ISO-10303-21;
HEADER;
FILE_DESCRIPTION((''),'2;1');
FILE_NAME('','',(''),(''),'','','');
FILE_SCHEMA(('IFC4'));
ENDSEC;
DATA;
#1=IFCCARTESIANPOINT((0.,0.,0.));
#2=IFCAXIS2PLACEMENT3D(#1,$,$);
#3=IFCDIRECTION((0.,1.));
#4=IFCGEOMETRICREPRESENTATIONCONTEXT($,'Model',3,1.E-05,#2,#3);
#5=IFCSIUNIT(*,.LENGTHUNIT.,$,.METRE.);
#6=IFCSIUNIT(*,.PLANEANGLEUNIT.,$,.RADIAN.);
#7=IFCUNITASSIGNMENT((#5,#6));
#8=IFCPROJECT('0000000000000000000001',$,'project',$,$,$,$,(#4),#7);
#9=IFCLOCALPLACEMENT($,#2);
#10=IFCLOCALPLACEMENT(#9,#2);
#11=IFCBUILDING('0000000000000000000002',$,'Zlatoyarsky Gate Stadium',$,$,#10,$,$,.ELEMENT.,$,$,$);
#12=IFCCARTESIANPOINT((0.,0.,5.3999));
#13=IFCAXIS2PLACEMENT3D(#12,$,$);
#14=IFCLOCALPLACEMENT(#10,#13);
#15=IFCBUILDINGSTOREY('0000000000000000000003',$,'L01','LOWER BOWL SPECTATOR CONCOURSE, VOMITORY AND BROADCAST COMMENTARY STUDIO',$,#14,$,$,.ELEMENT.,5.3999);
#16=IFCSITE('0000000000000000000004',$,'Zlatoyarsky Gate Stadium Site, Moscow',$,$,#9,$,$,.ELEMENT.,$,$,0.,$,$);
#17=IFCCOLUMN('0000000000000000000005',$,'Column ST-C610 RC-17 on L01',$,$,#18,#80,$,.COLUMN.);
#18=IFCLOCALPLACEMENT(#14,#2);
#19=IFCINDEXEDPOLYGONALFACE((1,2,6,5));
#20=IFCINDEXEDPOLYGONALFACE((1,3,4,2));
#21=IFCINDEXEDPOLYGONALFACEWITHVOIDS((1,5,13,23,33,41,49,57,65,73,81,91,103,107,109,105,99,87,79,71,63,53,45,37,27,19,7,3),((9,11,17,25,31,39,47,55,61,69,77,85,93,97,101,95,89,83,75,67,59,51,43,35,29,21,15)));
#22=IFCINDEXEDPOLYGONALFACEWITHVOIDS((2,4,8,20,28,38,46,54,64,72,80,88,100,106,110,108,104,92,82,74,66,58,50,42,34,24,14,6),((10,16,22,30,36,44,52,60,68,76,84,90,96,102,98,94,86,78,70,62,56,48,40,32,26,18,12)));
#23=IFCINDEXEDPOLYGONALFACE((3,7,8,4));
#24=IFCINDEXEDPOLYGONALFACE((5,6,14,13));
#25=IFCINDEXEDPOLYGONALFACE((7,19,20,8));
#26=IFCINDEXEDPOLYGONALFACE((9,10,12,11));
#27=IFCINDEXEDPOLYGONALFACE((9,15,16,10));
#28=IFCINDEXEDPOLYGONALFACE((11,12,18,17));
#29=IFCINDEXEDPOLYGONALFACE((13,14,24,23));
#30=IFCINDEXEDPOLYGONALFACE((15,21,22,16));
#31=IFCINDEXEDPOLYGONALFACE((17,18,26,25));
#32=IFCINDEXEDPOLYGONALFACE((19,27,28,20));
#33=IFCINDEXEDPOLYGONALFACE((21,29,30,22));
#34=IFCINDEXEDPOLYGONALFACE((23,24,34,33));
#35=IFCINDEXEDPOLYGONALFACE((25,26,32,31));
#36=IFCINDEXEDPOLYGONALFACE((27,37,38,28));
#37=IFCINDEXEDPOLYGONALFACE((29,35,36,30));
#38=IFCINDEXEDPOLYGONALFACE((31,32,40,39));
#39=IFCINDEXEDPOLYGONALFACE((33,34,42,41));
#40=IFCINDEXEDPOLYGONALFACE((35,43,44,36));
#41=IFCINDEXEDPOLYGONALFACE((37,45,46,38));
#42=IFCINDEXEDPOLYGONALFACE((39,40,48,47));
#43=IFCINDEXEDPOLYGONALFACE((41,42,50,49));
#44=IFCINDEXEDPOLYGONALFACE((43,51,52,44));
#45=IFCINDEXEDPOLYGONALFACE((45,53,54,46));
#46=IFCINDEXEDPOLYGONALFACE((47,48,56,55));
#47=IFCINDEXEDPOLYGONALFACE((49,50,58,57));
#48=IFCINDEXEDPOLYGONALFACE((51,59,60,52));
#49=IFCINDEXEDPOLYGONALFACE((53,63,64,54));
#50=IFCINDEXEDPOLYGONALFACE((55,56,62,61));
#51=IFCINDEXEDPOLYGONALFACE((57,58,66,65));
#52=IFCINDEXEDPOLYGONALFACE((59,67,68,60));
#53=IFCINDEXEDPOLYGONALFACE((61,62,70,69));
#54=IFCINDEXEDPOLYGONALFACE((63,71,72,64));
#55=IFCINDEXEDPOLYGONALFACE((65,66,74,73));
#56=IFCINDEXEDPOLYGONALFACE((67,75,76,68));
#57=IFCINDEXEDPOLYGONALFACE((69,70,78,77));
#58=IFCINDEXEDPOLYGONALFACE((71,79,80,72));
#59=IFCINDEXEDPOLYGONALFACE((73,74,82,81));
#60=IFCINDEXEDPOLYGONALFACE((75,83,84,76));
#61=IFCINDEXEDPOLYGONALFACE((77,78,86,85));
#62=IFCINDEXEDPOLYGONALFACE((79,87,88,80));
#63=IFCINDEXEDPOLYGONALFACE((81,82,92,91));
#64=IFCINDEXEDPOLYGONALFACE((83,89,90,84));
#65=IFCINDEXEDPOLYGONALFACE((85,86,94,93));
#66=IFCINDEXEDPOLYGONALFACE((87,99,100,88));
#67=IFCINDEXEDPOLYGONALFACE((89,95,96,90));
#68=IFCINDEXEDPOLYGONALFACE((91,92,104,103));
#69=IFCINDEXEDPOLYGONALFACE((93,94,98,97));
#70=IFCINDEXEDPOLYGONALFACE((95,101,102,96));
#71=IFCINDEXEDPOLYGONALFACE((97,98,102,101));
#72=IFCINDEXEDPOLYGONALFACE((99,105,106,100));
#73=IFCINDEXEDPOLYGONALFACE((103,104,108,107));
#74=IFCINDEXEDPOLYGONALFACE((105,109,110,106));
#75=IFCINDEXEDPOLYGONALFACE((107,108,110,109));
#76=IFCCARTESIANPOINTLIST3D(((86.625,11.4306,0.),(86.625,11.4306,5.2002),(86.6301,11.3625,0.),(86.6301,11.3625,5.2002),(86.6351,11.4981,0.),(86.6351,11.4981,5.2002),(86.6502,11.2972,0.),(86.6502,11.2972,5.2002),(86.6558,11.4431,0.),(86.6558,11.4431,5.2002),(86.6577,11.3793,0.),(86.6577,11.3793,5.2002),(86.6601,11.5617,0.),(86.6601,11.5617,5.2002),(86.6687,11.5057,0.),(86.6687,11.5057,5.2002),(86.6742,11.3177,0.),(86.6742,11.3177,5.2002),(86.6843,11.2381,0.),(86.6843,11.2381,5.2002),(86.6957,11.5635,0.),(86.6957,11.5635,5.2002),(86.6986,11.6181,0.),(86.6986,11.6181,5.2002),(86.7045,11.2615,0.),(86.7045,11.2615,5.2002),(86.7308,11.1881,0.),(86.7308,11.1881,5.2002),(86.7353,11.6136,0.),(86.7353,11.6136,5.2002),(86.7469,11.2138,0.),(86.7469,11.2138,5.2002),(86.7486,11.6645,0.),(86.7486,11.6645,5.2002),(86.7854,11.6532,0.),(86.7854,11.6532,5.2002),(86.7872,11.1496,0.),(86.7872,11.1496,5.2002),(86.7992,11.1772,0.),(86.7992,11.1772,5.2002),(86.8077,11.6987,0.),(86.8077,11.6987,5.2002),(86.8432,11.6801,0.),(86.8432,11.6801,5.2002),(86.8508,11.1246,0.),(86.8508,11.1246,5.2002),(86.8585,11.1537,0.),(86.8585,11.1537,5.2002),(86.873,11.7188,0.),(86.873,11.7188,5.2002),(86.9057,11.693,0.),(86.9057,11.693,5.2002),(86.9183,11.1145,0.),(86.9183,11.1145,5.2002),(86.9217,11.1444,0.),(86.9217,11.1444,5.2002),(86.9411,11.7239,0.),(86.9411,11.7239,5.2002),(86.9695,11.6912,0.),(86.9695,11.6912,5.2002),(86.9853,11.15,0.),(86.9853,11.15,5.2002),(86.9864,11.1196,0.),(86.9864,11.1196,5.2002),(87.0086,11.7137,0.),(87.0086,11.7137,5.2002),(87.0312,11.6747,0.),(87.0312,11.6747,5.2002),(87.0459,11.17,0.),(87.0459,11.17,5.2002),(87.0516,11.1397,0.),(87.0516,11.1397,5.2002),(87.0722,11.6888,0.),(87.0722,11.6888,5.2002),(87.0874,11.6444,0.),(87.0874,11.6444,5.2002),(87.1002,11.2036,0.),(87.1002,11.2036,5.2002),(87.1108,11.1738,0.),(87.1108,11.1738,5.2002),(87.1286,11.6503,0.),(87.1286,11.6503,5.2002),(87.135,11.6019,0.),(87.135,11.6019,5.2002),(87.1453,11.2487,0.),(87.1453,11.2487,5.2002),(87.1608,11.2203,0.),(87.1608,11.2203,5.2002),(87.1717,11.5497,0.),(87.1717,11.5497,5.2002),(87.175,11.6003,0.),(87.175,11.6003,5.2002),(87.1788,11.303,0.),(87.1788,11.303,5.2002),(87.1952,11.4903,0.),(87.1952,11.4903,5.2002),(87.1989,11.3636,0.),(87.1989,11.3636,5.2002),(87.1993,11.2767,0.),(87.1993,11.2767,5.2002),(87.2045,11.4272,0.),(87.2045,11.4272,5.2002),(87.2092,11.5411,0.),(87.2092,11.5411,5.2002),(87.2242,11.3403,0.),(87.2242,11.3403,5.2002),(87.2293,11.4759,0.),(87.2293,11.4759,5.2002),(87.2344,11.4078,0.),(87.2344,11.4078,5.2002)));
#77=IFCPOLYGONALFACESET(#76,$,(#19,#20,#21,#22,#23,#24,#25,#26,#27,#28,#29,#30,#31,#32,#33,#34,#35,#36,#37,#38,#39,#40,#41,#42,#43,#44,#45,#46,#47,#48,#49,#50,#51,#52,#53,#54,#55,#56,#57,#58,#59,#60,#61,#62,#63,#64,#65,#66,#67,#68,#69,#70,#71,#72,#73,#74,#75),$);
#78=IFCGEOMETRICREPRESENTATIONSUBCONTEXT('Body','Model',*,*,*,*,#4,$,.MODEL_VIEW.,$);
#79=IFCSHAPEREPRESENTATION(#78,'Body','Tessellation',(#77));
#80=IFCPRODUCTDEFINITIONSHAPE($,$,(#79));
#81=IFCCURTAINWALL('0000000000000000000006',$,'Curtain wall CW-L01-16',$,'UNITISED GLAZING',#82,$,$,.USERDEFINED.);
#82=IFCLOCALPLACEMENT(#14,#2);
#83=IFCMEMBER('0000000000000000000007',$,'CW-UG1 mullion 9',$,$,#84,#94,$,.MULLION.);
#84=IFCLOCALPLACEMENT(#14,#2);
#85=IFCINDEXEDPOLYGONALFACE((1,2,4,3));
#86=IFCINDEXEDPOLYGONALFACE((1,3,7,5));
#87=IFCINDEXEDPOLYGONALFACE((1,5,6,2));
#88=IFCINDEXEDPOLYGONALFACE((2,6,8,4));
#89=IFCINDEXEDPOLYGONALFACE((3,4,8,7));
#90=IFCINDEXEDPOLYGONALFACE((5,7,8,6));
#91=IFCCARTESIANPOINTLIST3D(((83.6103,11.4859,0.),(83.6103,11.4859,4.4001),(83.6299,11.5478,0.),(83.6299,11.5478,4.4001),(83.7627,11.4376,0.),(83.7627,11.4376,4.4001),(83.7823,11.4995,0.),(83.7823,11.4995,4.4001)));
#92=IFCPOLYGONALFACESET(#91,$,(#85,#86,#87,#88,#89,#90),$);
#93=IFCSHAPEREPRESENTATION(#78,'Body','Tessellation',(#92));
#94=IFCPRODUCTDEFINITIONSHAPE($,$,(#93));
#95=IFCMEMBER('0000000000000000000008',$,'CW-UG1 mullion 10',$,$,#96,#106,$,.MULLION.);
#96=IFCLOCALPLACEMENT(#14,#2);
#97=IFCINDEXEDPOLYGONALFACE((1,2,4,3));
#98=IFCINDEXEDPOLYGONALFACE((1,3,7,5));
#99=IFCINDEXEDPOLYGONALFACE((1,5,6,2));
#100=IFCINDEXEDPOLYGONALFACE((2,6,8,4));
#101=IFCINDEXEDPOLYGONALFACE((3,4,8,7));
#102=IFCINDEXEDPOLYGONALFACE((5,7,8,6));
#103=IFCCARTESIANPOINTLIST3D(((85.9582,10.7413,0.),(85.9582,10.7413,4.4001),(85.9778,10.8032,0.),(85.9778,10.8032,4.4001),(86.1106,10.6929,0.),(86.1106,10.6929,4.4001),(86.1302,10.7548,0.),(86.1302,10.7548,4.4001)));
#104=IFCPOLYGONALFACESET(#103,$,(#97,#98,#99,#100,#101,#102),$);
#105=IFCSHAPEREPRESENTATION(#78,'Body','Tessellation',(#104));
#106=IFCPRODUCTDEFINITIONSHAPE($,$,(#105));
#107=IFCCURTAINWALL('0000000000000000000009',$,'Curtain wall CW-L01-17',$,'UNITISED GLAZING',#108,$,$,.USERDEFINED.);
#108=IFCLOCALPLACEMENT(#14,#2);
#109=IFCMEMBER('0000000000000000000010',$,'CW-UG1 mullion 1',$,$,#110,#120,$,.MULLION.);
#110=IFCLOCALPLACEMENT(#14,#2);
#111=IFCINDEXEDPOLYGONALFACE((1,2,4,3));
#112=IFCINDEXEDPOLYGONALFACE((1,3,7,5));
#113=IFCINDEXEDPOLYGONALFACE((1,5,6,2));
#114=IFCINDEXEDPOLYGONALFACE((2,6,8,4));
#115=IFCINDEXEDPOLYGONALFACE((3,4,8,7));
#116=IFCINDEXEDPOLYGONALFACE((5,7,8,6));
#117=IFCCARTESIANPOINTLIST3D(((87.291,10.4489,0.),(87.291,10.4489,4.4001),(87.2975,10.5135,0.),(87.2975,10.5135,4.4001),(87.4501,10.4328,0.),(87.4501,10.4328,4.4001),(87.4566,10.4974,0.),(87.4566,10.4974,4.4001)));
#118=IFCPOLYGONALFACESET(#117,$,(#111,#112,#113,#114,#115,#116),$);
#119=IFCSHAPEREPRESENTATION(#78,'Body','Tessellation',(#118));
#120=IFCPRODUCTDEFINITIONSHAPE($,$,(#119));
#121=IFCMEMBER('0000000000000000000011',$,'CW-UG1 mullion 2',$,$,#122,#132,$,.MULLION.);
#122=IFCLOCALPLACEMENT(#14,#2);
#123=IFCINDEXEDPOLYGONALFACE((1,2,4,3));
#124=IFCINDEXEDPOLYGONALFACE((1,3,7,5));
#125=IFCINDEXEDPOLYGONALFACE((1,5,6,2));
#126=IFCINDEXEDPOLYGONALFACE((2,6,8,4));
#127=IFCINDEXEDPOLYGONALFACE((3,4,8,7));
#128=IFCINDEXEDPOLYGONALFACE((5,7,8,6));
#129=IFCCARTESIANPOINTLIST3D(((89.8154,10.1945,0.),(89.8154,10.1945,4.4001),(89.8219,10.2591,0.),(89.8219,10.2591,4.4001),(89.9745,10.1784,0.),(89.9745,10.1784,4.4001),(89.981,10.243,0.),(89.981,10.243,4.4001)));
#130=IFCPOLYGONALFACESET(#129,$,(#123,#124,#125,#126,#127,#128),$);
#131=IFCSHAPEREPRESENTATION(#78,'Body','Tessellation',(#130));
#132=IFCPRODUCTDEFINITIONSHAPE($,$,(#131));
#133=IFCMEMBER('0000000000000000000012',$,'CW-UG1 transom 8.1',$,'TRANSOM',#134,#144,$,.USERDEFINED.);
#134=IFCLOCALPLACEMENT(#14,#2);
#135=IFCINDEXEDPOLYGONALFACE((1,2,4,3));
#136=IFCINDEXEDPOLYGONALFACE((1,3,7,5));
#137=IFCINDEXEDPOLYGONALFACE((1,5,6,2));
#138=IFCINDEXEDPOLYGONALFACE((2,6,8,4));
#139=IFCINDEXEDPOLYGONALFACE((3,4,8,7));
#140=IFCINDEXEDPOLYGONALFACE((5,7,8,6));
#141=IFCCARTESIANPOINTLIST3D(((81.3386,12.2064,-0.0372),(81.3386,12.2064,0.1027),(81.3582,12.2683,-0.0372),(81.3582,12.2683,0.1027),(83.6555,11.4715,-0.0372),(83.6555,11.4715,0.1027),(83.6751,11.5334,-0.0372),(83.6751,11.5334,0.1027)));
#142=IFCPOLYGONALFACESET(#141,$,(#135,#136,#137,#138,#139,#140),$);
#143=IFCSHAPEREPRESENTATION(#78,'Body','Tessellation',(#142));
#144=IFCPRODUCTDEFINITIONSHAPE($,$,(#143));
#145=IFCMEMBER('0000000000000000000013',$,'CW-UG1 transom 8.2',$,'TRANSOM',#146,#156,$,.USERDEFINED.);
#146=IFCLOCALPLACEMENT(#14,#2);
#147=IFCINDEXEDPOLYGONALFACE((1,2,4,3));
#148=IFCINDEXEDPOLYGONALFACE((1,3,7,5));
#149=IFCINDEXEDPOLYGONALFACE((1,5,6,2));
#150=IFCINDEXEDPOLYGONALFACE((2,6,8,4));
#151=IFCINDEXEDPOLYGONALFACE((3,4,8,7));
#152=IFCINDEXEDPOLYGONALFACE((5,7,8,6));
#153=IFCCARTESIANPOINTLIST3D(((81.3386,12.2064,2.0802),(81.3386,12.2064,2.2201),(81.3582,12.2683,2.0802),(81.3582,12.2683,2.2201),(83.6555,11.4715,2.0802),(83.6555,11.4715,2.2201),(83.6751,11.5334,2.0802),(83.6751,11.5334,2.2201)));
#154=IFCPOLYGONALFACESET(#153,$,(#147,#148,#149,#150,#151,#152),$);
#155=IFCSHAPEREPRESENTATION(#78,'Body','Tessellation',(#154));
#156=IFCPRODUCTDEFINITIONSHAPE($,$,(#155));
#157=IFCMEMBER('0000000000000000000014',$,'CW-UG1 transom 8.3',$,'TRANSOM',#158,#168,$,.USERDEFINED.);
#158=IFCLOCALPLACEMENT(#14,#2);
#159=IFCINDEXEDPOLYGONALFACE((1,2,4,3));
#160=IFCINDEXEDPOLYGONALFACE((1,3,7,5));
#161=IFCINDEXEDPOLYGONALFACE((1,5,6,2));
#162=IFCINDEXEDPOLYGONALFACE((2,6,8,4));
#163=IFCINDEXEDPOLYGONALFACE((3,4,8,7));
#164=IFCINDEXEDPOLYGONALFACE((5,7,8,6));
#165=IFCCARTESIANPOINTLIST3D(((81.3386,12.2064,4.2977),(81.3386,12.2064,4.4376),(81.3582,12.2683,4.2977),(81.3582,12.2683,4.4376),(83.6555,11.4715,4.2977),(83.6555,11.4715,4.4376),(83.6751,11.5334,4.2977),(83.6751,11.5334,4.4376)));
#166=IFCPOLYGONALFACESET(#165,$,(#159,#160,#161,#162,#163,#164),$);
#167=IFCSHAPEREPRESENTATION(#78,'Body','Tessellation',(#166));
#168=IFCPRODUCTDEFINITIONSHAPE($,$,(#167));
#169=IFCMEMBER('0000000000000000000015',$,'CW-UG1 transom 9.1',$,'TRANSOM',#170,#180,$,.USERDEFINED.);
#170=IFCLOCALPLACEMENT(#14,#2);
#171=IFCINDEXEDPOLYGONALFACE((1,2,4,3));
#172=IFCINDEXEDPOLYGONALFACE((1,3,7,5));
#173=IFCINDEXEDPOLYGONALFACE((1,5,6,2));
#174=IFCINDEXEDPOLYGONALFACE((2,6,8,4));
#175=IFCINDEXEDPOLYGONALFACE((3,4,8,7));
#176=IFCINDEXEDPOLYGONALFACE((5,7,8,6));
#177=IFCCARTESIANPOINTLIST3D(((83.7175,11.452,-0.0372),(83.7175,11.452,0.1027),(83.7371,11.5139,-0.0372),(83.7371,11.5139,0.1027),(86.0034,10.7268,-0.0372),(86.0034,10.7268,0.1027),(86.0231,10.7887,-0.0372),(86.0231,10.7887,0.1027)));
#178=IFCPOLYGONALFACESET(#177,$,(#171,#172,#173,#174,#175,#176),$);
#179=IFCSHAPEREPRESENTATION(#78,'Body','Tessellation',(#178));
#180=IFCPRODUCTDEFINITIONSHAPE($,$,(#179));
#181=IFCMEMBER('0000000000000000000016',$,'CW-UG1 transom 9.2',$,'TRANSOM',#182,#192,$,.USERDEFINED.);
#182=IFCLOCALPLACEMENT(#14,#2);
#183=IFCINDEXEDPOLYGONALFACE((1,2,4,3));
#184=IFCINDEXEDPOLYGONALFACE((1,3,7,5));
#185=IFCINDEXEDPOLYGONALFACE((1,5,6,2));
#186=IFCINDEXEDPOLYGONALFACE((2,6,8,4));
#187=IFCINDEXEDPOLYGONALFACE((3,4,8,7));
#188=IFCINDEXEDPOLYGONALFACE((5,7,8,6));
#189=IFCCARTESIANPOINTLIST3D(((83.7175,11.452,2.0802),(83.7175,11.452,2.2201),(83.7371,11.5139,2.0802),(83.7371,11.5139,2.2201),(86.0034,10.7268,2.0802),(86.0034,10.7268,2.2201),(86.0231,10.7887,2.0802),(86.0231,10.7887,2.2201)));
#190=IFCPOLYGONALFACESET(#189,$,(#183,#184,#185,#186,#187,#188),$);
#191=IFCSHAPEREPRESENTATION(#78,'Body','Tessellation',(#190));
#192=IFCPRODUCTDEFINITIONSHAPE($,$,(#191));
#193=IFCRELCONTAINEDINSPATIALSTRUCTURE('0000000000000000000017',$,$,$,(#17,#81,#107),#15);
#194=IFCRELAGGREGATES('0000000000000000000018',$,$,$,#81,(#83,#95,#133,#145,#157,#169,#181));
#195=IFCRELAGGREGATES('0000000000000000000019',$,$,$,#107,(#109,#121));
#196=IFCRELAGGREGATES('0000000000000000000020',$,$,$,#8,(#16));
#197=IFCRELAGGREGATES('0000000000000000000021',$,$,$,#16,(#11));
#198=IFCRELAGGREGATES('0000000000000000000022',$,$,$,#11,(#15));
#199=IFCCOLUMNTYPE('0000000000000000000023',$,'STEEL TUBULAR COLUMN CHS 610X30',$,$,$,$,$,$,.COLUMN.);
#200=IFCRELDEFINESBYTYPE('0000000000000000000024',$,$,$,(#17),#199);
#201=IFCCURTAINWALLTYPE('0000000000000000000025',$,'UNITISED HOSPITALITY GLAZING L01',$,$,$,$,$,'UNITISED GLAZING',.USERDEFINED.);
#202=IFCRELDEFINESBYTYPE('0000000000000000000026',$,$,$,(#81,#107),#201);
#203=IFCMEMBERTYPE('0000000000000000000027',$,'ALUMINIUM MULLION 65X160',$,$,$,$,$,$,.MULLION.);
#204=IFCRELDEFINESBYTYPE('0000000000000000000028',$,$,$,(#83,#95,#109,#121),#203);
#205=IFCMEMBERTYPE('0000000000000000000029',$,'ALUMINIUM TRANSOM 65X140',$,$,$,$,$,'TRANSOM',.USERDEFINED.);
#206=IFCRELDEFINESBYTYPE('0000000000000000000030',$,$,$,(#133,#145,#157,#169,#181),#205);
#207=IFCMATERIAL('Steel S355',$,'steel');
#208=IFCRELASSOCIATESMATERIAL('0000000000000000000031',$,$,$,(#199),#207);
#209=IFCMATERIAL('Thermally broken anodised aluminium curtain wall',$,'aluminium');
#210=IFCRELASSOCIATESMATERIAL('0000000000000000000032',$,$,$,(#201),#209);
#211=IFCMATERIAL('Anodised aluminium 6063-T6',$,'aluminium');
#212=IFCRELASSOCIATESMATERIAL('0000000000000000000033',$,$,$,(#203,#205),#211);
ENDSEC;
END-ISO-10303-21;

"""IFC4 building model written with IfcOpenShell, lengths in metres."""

from ifc_helpers import new_model, si_unit, direction, frame, origin, origin_2d, place, context, subcontext, project, spatial, rectangle, hollow_circle, extrude, material, material_profile, profile_set, type_object, element, aggregate, save


model = new_model("IFC4")

# Units and contexts
model_context = context("Model", 3, precision=1e-05, world=origin(), true_north=direction((0.0, 1.0)))
body_context = subcontext(model_context, "Body", "Model", "MODEL_VIEW")
ifc_project = project(units=[si_unit("LENGTHUNIT", "METRE"), si_unit("PLANEANGLEUNIT", "RADIAN")], contexts=[model_context])

# Site, building, storey
site_placement = place(None, origin())
site = spatial("IfcSite", under=ifc_project, at=site_placement, Name="Zlatoyarsky Gate Stadium Site, Moscow", CompositionType="ELEMENT", RefElevation=0.0)
building_placement = place(site_placement, origin())
building = spatial("IfcBuilding", under=site, at=building_placement, Name="Zlatoyarsky Gate Stadium", CompositionType="ELEMENT")
storey_placement = place(building_placement, frame((0.0, 0.0, 5.3999)))
storey = spatial("IfcBuildingStorey", under=building, at=storey_placement, Name="L01", Description="LOWER BOWL SPECTATOR CONCOURSE, VOMITORY AND BROADCAST COMMENTARY STUDIO", CompositionType="ELEMENT", Elevation=5.3999)

# Column
ifc_material_1 = material(Name="Steel S355", Category="steel")
ifc_material_profile_1 = material_profile(ifc_material_1, hollow_circle(Radius=0.3049, WallThickness=0.03, at=origin_2d()), Name="CHS 610X30")
ifc_profile_set_1 = profile_set([ifc_material_profile_1], Name="Steel S355")
column_type = type_object("IfcColumnType", Name="STEEL TUBULAR COLUMN CHS 610X30", PredefinedType="COLUMN", material=ifc_profile_set_1)
column_placement = place(storey_placement, frame((86.9297, 11.4192, 0.0), z_axis=(0.0, 0.0, 1.0), x_axis=(-0.258819, -0.965926, 0.0)))
element("IfcColumn", 1, at=column_placement, inside=storey, type_object=column_type, Name="Column ST-C610 RC-17 on L01", PredefinedType="COLUMN", context=body_context, shape_type="SweptSolid", body=[
    extrude(hollow_circle(Radius=0.3049, WallThickness=0.03, at=origin_2d()), origin(), (0.0, 0.0, 1.0), 5.2002),
])

# Curtain walls, members
ifc_material_2 = material(Name="Thermally broken anodised aluminium curtain wall", Category="aluminium")
curtain_wall_type = type_object("IfcCurtainWallType", Name="UNITISED HOSPITALITY GLAZING L01", ElementType="UNITISED GLAZING", PredefinedType="USERDEFINED", material=ifc_material_2)
curtain_wall_1_placement = place(storey_placement, origin())
curtain_wall_1 = element("IfcCurtainWall", 2, at=curtain_wall_1_placement, inside=storey, type_object=curtain_wall_type, Name="Curtain wall CW-L01-16", ObjectType="UNITISED GLAZING", PredefinedType="USERDEFINED")
ifc_material_3 = material(Name="Anodised aluminium 6063-T6", Category="aluminium")
ifc_material_profile_2 = material_profile(ifc_material_3, rectangle(XDim=0.0649, YDim=0.1599, at=origin_2d()), Name="ALU 65X160")
ifc_profile_set_2 = profile_set([ifc_material_profile_2], Name="Anodised aluminium 6063-T6")
member_type_1 = type_object("IfcMemberType", Name="ALUMINIUM MULLION 65X160", PredefinedType="MULLION", material=ifc_profile_set_2)
member_1_placement = place(storey_placement, frame((83.6963, 11.4927, 0.0), z_axis=(0.0, 0.0, 1.0), x_axis=(0.302334, 0.953202, 0.0)))
member_1 = element("IfcMember", 3, at=member_1_placement, type_object=member_type_1, Name="CW-UG1 mullion 9", PredefinedType="MULLION", context=body_context, shape_type="SweptSolid", body=[
    extrude(rectangle(XDim=0.0649, YDim=0.1599, at=origin_2d()), origin(), (0.0, 0.0, 1.0), 4.4001),
])
member_2_placement = place(storey_placement, frame((86.0442, 10.748, 0.0), z_axis=(0.0, 0.0, 1.0), x_axis=(0.302334, 0.953202, 0.0)))
member_2 = element("IfcMember", 4, at=member_2_placement, type_object=member_type_1, Name="CW-UG1 mullion 10", PredefinedType="MULLION", context=body_context, shape_type="SweptSolid", body=[
    extrude(rectangle(XDim=0.0649, YDim=0.1599, at=origin_2d()), origin(), (0.0, 0.0, 1.0), 4.4001),
])
curtain_wall_2_placement = place(storey_placement, origin())
curtain_wall_2 = element("IfcCurtainWall", 5, at=curtain_wall_2_placement, inside=storey, type_object=curtain_wall_type, Name="Curtain wall CW-L01-17", ObjectType="UNITISED GLAZING", PredefinedType="USERDEFINED")
member_3_placement = place(storey_placement, frame((87.3738, 10.4731, 0.0), z_axis=(0.0, 0.0, 1.0), x_axis=(0.1003, 0.994957, 0.0)))
member_3 = element("IfcMember", 6, at=member_3_placement, type_object=member_type_1, Name="CW-UG1 mullion 1", PredefinedType="MULLION", context=body_context, shape_type="SweptSolid", body=[
    extrude(rectangle(XDim=0.0649, YDim=0.1599, at=origin_2d()), origin(), (0.0, 0.0, 1.0), 4.4001),
])
member_4_placement = place(storey_placement, frame((89.8982, 10.2188, 0.0), z_axis=(0.0, 0.0, 1.0), x_axis=(0.1003, 0.994957, 0.0)))
member_4 = element("IfcMember", 7, at=member_4_placement, type_object=member_type_1, Name="CW-UG1 mullion 2", PredefinedType="MULLION", context=body_context, shape_type="SweptSolid", body=[
    extrude(rectangle(XDim=0.0649, YDim=0.1599, at=origin_2d()), origin(), (0.0, 0.0, 1.0), 4.4001),
])

# Members
ifc_material_profile_3 = material_profile(ifc_material_3, rectangle(XDim=0.0649, YDim=0.1399, at=origin_2d()), Name="ALU 65X140")
ifc_profile_set_3 = profile_set([ifc_material_profile_3], Name="Anodised aluminium 6063-T6")
member_type_2 = type_object("IfcMemberType", Name="ALUMINIUM TRANSOM 65X140", ElementType="TRANSOM", PredefinedType="USERDEFINED", material=ifc_profile_set_3)
member_5_placement = place(storey_placement, frame((81.3484, 12.2373, 0.0327), z_axis=(0.953202, -0.302333, 0.0), x_axis=(0.302333, 0.953202, 0.0)))
member_5 = element("IfcMember", 8, at=member_5_placement, type_object=member_type_2, Name="CW-UG1 transom 8.1", ObjectType="TRANSOM", PredefinedType="USERDEFINED", context=body_context, shape_type="SweptSolid", body=[
    extrude(rectangle(XDim=0.0649, YDim=0.1399, at=origin_2d()), origin(), (0.0, 0.0, 1.0), 2.4307),
])
member_6_placement = place(storey_placement, frame((81.3484, 12.2373, 2.1501), z_axis=(0.953202, -0.302333, 0.0), x_axis=(0.302333, 0.953202, 0.0)))
member_6 = element("IfcMember", 9, at=member_6_placement, type_object=member_type_2, Name="CW-UG1 transom 8.2", ObjectType="TRANSOM", PredefinedType="USERDEFINED", context=body_context, shape_type="SweptSolid", body=[
    extrude(rectangle(XDim=0.0649, YDim=0.1399, at=origin_2d()), origin(), (0.0, 0.0, 1.0), 2.4307),
])
member_7_placement = place(storey_placement, frame((81.3484, 12.2373, 4.3677), z_axis=(0.953202, -0.302333, 0.0), x_axis=(0.302333, 0.953202, 0.0)))
member_7 = element("IfcMember", 10, at=member_7_placement, type_object=member_type_2, Name="CW-UG1 transom 8.3", ObjectType="TRANSOM", PredefinedType="USERDEFINED", context=body_context, shape_type="SweptSolid", body=[
    extrude(rectangle(XDim=0.0649, YDim=0.1399, at=origin_2d()), origin(), (0.0, 0.0, 1.0), 2.4307),
])
member_8_placement = place(storey_placement, frame((83.7273, 11.4829, 0.0327), z_axis=(0.953194, -0.302359, 0.0), x_axis=(0.302359, 0.953194, 0.0)))
member_8 = element("IfcMember", 11, at=member_8_placement, type_object=member_type_2, Name="CW-UG1 transom 9.1", ObjectType="TRANSOM", PredefinedType="USERDEFINED", context=body_context, shape_type="SweptSolid", body=[
    extrude(rectangle(XDim=0.0649, YDim=0.1399, at=origin_2d()), origin(), (0.0, 0.0, 1.0), 2.3982),
])
member_9_placement = place(storey_placement, frame((83.7273, 11.4829, 2.1501), z_axis=(0.953194, -0.302359, 0.0), x_axis=(0.302359, 0.953194, 0.0)))
member_9 = element("IfcMember", 12, at=member_9_placement, type_object=member_type_2, Name="CW-UG1 transom 9.2", ObjectType="TRANSOM", PredefinedType="USERDEFINED", context=body_context, shape_type="SweptSolid", body=[
    extrude(rectangle(XDim=0.0649, YDim=0.1399, at=origin_2d()), origin(), (0.0, 0.0, 1.0), 2.3982),
])

aggregate(curtain_wall_1, [member_1, member_2, member_5, member_6, member_7, member_8, member_9])
aggregate(curtain_wall_2, [member_3, member_4])

save(model, "model.ifc")
